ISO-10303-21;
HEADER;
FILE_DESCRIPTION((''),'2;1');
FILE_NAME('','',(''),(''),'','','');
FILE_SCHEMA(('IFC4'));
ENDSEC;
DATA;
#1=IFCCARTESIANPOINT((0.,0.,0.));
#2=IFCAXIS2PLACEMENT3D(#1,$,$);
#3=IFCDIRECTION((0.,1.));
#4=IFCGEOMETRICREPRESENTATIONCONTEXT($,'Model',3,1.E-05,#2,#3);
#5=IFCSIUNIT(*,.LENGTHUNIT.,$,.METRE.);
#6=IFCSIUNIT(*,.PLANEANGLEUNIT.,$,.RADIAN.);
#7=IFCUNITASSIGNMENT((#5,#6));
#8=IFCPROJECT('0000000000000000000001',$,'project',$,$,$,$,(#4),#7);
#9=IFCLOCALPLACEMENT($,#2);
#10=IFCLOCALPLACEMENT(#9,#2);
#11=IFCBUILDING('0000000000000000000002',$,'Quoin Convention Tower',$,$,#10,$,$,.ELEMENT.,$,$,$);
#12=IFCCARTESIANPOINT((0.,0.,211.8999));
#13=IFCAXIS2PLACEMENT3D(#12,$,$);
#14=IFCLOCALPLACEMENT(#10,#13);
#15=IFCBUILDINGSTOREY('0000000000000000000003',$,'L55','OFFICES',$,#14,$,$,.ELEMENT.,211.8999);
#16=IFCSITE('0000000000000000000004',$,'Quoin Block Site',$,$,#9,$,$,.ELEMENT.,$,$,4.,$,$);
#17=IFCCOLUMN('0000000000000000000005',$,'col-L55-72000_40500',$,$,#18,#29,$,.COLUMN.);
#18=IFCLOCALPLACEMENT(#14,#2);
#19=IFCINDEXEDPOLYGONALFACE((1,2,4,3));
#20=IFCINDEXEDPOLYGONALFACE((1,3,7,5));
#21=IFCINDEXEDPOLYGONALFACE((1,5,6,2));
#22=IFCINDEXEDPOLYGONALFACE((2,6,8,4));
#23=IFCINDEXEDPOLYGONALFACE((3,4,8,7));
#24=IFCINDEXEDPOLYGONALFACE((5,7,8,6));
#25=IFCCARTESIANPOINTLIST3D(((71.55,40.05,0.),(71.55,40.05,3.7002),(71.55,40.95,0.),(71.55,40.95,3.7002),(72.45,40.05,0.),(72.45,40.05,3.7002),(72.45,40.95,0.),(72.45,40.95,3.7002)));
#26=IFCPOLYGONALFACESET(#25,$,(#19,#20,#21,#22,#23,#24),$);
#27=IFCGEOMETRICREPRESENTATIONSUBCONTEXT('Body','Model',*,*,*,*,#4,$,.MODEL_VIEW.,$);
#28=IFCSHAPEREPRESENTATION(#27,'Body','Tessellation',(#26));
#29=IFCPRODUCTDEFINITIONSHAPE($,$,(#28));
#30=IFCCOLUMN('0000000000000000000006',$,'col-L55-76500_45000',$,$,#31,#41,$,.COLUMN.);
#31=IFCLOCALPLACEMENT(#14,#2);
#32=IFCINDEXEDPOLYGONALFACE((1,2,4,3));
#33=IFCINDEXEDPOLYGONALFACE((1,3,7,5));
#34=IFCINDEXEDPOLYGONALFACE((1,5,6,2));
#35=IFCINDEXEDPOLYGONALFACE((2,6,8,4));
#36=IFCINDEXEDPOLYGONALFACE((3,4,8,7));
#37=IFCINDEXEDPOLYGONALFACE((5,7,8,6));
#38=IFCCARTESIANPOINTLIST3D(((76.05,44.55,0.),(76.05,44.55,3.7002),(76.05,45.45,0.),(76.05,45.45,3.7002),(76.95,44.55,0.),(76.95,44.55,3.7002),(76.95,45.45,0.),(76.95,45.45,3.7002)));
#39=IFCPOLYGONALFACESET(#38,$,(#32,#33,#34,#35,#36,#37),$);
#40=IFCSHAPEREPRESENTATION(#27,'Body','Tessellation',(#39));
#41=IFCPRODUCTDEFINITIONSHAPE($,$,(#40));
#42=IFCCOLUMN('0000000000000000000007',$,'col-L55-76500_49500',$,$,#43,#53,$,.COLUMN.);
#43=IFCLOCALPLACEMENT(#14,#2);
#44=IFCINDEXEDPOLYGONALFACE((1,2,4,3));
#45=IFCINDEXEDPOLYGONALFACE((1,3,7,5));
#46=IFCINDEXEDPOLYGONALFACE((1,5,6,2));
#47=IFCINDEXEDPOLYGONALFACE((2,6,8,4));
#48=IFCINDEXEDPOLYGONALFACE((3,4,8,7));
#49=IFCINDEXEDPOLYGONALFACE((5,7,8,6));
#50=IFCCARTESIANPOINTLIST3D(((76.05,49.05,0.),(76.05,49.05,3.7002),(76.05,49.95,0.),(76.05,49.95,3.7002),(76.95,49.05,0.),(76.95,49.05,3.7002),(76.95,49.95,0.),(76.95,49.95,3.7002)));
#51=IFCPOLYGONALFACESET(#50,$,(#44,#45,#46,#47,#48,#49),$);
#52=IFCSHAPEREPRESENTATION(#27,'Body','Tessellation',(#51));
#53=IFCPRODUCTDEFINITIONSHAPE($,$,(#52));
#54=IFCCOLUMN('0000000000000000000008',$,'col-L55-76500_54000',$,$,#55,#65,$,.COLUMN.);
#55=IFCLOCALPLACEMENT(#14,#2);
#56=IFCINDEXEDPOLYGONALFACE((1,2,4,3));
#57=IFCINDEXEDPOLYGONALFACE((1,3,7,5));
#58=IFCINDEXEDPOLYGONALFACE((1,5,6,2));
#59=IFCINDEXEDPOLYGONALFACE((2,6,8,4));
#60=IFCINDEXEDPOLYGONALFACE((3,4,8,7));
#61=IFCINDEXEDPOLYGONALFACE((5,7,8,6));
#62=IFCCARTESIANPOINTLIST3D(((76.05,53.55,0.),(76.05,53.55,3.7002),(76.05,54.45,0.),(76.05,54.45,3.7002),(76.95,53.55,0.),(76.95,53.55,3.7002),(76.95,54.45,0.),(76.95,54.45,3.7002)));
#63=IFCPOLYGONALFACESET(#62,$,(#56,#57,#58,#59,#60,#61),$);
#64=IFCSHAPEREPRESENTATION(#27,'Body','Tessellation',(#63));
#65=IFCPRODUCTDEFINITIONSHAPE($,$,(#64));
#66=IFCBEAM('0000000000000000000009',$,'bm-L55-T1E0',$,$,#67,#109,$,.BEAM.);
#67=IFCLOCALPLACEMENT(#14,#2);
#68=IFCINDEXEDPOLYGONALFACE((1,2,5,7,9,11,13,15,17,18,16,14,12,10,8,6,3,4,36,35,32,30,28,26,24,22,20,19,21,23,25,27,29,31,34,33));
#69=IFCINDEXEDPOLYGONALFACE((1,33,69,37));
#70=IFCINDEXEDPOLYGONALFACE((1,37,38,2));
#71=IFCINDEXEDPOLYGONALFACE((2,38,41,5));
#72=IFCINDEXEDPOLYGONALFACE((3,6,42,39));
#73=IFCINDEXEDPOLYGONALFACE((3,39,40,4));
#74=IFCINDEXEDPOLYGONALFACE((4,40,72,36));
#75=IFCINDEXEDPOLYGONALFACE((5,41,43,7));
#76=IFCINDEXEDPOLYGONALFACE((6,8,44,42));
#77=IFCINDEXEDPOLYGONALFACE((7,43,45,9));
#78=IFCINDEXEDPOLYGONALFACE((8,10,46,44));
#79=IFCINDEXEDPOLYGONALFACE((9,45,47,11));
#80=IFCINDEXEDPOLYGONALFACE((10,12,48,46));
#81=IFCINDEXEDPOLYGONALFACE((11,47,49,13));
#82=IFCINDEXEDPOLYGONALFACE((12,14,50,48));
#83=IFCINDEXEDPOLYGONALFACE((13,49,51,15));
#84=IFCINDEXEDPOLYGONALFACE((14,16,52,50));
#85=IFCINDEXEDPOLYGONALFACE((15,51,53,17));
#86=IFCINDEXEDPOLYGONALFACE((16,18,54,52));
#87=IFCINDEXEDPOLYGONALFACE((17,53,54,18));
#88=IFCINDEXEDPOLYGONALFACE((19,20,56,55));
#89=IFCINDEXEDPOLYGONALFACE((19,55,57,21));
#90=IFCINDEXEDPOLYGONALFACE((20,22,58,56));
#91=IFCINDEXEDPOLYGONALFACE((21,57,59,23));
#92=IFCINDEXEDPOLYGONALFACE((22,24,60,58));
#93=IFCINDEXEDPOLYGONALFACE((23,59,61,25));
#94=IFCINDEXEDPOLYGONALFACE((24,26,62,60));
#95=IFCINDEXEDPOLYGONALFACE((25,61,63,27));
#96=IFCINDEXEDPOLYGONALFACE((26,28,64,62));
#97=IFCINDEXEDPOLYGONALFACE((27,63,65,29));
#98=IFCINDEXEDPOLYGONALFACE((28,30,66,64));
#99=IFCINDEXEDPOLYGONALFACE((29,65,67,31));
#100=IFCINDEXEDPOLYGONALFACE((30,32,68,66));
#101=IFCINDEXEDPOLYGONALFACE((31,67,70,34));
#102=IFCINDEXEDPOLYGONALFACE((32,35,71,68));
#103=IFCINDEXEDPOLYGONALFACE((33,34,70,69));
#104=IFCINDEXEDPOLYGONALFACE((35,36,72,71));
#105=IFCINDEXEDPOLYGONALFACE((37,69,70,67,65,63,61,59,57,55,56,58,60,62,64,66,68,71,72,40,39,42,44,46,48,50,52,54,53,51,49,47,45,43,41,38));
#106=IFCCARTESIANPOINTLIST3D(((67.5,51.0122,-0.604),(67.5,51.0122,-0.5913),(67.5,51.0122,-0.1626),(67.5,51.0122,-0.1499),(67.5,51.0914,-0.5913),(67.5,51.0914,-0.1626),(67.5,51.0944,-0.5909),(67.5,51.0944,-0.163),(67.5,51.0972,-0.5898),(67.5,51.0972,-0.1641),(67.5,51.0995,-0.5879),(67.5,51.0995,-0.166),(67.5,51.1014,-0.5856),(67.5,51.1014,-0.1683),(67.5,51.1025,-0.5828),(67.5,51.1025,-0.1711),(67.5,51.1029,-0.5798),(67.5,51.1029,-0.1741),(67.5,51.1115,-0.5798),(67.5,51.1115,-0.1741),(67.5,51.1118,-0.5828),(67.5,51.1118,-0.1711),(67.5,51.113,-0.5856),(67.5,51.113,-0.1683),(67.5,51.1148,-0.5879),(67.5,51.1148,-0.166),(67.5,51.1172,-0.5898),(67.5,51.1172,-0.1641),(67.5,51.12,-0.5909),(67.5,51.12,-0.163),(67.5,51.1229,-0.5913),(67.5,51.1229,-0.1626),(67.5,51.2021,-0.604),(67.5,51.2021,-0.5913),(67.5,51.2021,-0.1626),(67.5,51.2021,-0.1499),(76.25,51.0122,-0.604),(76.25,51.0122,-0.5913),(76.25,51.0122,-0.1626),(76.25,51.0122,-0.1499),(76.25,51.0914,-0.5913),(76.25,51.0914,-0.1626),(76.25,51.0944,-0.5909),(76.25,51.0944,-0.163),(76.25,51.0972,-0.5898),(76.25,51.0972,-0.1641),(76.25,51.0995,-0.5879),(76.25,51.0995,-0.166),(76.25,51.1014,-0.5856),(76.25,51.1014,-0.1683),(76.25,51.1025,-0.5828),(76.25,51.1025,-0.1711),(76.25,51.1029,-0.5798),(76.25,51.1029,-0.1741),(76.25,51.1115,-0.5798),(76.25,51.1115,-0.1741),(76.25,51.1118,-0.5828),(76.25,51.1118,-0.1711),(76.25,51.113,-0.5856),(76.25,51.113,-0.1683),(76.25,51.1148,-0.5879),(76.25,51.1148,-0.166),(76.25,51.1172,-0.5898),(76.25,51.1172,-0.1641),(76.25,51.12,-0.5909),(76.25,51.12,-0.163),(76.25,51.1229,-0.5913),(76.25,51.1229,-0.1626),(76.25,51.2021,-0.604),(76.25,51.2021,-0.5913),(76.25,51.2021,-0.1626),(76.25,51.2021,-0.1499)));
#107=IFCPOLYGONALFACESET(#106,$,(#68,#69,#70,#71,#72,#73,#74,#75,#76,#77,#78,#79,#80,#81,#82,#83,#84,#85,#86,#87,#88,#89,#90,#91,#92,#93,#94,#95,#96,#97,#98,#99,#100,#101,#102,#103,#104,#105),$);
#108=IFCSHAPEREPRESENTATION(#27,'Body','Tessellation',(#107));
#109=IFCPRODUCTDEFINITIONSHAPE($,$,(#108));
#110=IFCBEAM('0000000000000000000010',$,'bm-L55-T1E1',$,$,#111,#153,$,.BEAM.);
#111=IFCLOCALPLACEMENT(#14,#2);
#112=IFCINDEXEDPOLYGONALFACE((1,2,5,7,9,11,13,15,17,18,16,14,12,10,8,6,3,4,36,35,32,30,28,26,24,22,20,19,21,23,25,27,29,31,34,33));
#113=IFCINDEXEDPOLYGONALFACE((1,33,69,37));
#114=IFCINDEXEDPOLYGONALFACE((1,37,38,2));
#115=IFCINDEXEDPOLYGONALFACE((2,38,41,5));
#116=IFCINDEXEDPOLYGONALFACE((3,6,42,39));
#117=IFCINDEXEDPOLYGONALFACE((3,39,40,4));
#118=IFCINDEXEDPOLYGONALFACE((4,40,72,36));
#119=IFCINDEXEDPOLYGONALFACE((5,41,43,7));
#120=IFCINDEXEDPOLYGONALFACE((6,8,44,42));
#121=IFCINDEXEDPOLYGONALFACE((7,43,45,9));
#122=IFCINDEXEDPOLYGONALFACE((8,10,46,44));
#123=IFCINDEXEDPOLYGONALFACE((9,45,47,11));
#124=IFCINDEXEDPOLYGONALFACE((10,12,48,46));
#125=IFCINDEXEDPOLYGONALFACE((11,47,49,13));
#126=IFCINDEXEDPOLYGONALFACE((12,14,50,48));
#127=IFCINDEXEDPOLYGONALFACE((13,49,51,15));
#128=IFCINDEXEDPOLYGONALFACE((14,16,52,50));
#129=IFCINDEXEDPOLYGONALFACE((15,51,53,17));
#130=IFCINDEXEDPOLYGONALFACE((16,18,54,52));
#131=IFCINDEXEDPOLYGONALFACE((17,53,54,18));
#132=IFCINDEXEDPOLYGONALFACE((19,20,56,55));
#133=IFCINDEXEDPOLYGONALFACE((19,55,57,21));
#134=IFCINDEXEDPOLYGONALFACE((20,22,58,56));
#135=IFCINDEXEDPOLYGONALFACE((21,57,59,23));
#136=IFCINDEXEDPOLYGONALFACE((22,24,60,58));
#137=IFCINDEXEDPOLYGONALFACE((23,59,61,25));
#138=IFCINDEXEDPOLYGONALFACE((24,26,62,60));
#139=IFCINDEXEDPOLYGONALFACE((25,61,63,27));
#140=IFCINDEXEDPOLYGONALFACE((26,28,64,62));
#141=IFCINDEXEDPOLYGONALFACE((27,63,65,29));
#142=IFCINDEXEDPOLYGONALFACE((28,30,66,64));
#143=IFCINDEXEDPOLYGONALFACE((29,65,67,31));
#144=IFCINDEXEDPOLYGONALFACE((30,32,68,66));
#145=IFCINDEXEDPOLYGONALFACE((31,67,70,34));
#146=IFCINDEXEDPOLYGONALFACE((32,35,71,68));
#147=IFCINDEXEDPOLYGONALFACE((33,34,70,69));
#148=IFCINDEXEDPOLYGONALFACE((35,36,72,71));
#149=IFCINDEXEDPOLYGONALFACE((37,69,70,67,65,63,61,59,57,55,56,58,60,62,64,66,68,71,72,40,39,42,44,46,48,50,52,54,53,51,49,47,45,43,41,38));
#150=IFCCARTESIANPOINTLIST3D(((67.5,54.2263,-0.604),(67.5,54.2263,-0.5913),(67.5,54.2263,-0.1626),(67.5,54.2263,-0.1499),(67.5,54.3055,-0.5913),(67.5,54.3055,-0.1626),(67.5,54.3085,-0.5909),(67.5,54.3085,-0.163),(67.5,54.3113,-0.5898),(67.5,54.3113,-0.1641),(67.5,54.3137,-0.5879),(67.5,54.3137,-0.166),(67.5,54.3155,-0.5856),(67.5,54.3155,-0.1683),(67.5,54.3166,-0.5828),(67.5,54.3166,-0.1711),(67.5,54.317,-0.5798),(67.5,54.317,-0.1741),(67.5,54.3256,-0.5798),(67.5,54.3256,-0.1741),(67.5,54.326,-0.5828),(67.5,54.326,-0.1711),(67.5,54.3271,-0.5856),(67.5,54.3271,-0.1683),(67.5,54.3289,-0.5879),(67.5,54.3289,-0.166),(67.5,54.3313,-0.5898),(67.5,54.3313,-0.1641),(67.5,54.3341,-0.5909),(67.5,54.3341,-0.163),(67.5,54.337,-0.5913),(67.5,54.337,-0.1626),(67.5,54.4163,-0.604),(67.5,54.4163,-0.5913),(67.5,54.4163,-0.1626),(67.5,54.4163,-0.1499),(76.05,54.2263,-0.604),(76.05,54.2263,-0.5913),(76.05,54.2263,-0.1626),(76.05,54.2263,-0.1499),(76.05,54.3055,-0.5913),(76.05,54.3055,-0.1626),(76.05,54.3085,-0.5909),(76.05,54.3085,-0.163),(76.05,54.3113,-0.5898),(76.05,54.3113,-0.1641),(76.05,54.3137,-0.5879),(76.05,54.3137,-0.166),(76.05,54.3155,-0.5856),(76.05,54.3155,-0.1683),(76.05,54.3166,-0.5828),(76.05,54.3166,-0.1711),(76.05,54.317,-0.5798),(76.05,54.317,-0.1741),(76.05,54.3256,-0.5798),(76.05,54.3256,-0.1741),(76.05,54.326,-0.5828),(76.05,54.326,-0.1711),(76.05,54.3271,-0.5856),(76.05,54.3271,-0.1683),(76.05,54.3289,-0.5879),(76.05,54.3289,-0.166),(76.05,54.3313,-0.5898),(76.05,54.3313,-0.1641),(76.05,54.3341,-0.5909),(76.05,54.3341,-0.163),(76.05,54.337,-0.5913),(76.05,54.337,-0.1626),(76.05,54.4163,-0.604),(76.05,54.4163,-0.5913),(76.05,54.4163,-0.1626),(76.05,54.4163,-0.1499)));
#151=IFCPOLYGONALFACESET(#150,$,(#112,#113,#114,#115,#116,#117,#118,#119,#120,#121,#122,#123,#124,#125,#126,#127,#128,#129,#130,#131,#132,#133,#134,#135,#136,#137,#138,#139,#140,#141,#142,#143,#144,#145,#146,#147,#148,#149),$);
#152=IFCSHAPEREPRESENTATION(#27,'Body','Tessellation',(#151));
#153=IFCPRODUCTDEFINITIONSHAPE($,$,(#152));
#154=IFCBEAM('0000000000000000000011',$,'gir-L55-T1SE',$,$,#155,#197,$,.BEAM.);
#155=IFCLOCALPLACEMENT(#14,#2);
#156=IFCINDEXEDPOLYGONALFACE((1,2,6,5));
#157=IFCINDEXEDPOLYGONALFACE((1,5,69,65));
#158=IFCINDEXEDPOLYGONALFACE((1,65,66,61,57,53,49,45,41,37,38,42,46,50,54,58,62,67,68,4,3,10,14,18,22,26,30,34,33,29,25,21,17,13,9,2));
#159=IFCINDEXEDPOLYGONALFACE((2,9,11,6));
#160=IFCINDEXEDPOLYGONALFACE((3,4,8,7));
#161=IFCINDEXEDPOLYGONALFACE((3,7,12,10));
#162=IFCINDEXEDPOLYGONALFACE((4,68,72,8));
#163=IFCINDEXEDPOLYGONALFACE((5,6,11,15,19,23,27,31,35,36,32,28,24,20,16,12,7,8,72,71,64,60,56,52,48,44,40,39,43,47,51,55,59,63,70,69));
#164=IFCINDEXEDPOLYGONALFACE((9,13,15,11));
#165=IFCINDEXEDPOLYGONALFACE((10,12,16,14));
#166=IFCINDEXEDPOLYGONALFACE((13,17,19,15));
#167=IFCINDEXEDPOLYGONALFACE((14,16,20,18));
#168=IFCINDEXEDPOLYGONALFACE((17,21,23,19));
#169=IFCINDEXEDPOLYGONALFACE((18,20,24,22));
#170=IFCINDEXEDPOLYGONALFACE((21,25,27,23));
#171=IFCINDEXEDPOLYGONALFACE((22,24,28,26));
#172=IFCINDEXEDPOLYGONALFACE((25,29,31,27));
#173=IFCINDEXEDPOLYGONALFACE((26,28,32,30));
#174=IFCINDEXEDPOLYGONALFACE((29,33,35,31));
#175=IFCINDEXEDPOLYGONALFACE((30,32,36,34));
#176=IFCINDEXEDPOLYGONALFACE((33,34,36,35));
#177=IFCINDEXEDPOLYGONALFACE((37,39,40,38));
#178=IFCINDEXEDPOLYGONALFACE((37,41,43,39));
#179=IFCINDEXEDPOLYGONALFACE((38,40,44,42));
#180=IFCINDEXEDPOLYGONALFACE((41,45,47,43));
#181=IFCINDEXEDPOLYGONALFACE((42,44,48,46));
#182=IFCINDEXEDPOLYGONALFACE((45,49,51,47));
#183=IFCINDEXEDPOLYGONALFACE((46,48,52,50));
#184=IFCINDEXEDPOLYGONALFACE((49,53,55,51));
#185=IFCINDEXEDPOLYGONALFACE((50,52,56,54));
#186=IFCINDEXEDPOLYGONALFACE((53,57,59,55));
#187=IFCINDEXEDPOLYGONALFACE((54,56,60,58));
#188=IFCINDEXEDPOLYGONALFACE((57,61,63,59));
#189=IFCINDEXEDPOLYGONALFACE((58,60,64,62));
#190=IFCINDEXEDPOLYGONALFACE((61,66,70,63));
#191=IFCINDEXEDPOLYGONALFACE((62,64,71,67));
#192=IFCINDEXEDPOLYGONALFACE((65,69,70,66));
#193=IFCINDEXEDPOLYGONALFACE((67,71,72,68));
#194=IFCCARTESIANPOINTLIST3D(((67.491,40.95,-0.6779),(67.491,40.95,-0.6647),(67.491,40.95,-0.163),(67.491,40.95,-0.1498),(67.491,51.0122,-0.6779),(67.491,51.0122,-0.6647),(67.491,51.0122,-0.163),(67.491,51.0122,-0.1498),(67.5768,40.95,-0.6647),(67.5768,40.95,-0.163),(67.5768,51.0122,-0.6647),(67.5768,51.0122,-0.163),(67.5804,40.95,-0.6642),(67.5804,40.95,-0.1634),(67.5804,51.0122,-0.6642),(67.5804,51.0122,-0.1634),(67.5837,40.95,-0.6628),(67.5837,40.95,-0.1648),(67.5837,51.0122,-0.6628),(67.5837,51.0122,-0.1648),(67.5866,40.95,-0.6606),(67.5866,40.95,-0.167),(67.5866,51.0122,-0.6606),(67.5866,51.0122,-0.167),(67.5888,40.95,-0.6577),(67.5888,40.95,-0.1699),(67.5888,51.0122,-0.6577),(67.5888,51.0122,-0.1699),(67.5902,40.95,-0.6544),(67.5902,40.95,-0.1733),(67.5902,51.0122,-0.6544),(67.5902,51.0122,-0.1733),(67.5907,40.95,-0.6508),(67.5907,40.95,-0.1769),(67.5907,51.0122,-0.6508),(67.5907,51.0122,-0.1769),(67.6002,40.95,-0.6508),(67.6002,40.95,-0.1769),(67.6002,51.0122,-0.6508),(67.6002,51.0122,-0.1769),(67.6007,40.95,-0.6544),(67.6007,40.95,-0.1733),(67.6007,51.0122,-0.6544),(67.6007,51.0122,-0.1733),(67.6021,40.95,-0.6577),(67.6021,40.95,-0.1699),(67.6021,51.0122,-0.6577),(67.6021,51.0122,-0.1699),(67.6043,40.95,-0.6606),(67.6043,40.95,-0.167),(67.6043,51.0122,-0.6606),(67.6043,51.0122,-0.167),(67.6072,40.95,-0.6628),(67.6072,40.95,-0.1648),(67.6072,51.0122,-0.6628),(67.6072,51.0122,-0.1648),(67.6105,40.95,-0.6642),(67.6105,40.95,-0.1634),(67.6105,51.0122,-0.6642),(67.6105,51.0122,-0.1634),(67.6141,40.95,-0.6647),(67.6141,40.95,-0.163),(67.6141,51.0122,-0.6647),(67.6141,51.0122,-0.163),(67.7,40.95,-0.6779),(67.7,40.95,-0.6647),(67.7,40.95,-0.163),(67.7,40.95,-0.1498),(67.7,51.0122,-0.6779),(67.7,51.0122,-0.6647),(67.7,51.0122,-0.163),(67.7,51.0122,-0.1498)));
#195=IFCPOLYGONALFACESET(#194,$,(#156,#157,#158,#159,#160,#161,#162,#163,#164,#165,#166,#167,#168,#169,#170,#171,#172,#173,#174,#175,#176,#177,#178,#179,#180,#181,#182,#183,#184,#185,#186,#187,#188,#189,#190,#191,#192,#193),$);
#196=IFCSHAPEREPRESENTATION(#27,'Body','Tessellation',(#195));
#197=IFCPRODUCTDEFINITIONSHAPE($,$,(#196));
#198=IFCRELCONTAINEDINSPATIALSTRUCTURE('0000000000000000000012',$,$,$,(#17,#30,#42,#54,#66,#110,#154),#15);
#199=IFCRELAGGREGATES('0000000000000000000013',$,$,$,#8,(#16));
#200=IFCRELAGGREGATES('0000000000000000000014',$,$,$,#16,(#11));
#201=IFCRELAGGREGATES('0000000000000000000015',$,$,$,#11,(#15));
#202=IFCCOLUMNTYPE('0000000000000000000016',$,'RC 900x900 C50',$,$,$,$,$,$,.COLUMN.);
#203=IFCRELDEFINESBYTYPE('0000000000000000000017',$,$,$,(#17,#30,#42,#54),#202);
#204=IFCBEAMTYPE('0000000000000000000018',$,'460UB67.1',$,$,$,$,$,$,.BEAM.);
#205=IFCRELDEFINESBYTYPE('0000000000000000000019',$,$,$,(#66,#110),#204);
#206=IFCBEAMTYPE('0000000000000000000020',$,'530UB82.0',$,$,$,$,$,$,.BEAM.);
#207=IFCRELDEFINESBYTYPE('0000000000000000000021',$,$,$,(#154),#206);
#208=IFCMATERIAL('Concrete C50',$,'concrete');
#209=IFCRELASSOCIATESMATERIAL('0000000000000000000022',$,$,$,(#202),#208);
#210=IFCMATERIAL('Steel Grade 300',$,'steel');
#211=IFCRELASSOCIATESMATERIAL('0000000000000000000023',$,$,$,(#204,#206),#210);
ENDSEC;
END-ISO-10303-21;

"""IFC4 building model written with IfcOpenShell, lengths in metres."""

from ifc_helpers import new_model, si_unit, direction, frame, origin, origin_2d, place, context, subcontext, project, spatial, rectangle, i_section, extrude, material, material_profile, profile_set, type_object, element, save


model = new_model("IFC4")

# Units and contexts
model_context = context("Model", 3, precision=1e-05, world=origin(), true_north=direction((0.0, 1.0)))
body_context = subcontext(model_context, "Body", "Model", "MODEL_VIEW")
ifc_project = project(units=[si_unit("LENGTHUNIT", "METRE"), si_unit("PLANEANGLEUNIT", "RADIAN")], contexts=[model_context])

# Site, building, storey
site_placement = place(None, origin())
site = spatial("IfcSite", under=ifc_project, at=site_placement, Name="Quoin Block Site", CompositionType="ELEMENT", RefElevation=4.0)
building_placement = place(site_placement, origin())
building = spatial("IfcBuilding", under=site, at=building_placement, Name="Quoin Convention Tower", CompositionType="ELEMENT")
storey_placement = place(building_placement, frame((0.0, 0.0, 211.8999)))
storey = spatial("IfcBuildingStorey", under=building, at=storey_placement, Name="L55", Description="OFFICES", CompositionType="ELEMENT", Elevation=211.8999)

# Columns
ifc_material_1 = material(Name="Concrete C50", Category="concrete")
ifc_material_profile_1 = material_profile(ifc_material_1, rectangle(XDim=0.8999, YDim=0.8999, at=origin_2d()), Name="RC 900x900")
ifc_profile_set_1 = profile_set([ifc_material_profile_1], Name="Concrete C50")
column_type = type_object("IfcColumnType", Name="RC 900x900 C50", PredefinedType="COLUMN", material=ifc_profile_set_1)
for number, where, z_axis, x_axis, name in (
    (1, (72.0, 40.5, 0.0), (0.0, 0.0, 1.0), (1.0, 0.0, 0.0), "col-L55-72000_40500"),
    (2, (76.5, 45.0, 0.0), (0.0, 0.0, 1.0), (1.0, 0.0, 0.0), "col-L55-76500_45000"),
    (3, (76.5, 49.5, 0.0), (0.0, 0.0, 1.0), (1.0, 0.0, 0.0), "col-L55-76500_49500"),
    (4, (76.5, 54.0, 0.0), (0.0, 0.0, 1.0), (1.0, 0.0, 0.0), "col-L55-76500_54000"),
):
    element("IfcColumn", number, at=place(storey_placement, frame(where, z_axis=z_axis, x_axis=x_axis)), inside=storey, type_object=column_type, Name=name, PredefinedType="COLUMN", context=body_context, shape_type="SweptSolid", body=[
        extrude(rectangle(XDim=0.8999, YDim=0.8999, at=origin_2d()), origin(), (0.0, 0.0, 1.0), 3.7002),
    ])

# Beams
ifc_material_2 = material(Name="Steel Grade 300", Category="steel")
ifc_material_profile_2 = material_profile(ifc_material_2, i_section(OverallWidth=0.1899, OverallDepth=0.4541, WebThickness=0.0085, FlangeThickness=0.0127, FilletRadius=0.0115, at=origin_2d()), Name="460UB67.1")
ifc_profile_set_2 = profile_set([ifc_material_profile_2], Name="Steel Grade 300")
beam_type_1 = type_object("IfcBeamType", Name="460UB67.1", PredefinedType="BEAM", material=ifc_profile_set_2)
beam_1_placement = place(storey_placement, frame((67.5, 51.1072, -0.377), z_axis=(1.0, 0.0, 0.0), x_axis=(0.0, 1.0, 0.0)))
element("IfcBeam", 5, at=beam_1_placement, inside=storey, type_object=beam_type_1, Name="bm-L55-T1E0", PredefinedType="BEAM", context=body_context, shape_type="SweptSolid", body=[
    extrude(i_section(OverallWidth=0.1899, OverallDepth=0.4541, WebThickness=0.0085, FlangeThickness=0.0127, FilletRadius=0.0115, at=origin_2d()), origin(), (0.0, 0.0, 1.0), 8.75),
])
beam_2_placement = place(storey_placement, frame((67.5, 54.3213, -0.377), z_axis=(1.0, 0.0, 0.0), x_axis=(0.0, 1.0, 0.0)))
element("IfcBeam", 6, at=beam_2_placement, inside=storey, type_object=beam_type_1, Name="bm-L55-T1E1", PredefinedType="BEAM", context=body_context, shape_type="SweptSolid", body=[
    extrude(i_section(OverallWidth=0.1899, OverallDepth=0.4541, WebThickness=0.0085, FlangeThickness=0.0127, FilletRadius=0.0115, at=origin_2d()), origin(), (0.0, 0.0, 1.0), 8.55),
])
ifc_material_profile_3 = material_profile(ifc_material_2, i_section(OverallWidth=0.209, OverallDepth=0.5281, WebThickness=0.0095, FlangeThickness=0.0132, FilletRadius=0.0139, at=origin_2d()), Name="530UB82.0")
ifc_profile_set_3 = profile_set([ifc_material_profile_3], Name="Steel Grade 300")
beam_type_2 = type_object("IfcBeamType", Name="530UB82.0", PredefinedType="BEAM", material=ifc_profile_set_3)
beam_3_placement = place(storey_placement, frame((67.5955, 40.95, -0.4138), z_axis=(0.0, 1.0, 0.0), x_axis=(-1.0, 0.0, 0.0)))
element("IfcBeam", 7, at=beam_3_placement, inside=storey, type_object=beam_type_2, Name="gir-L55-T1SE", PredefinedType="BEAM", context=body_context, shape_type="SweptSolid", body=[
    extrude(i_section(OverallWidth=0.209, OverallDepth=0.5281, WebThickness=0.0095, FlangeThickness=0.0132, FilletRadius=0.0139, at=origin_2d()), origin(), (0.0, 0.0, 1.0), 10.0623),
])

save(model, "model.ifc")
